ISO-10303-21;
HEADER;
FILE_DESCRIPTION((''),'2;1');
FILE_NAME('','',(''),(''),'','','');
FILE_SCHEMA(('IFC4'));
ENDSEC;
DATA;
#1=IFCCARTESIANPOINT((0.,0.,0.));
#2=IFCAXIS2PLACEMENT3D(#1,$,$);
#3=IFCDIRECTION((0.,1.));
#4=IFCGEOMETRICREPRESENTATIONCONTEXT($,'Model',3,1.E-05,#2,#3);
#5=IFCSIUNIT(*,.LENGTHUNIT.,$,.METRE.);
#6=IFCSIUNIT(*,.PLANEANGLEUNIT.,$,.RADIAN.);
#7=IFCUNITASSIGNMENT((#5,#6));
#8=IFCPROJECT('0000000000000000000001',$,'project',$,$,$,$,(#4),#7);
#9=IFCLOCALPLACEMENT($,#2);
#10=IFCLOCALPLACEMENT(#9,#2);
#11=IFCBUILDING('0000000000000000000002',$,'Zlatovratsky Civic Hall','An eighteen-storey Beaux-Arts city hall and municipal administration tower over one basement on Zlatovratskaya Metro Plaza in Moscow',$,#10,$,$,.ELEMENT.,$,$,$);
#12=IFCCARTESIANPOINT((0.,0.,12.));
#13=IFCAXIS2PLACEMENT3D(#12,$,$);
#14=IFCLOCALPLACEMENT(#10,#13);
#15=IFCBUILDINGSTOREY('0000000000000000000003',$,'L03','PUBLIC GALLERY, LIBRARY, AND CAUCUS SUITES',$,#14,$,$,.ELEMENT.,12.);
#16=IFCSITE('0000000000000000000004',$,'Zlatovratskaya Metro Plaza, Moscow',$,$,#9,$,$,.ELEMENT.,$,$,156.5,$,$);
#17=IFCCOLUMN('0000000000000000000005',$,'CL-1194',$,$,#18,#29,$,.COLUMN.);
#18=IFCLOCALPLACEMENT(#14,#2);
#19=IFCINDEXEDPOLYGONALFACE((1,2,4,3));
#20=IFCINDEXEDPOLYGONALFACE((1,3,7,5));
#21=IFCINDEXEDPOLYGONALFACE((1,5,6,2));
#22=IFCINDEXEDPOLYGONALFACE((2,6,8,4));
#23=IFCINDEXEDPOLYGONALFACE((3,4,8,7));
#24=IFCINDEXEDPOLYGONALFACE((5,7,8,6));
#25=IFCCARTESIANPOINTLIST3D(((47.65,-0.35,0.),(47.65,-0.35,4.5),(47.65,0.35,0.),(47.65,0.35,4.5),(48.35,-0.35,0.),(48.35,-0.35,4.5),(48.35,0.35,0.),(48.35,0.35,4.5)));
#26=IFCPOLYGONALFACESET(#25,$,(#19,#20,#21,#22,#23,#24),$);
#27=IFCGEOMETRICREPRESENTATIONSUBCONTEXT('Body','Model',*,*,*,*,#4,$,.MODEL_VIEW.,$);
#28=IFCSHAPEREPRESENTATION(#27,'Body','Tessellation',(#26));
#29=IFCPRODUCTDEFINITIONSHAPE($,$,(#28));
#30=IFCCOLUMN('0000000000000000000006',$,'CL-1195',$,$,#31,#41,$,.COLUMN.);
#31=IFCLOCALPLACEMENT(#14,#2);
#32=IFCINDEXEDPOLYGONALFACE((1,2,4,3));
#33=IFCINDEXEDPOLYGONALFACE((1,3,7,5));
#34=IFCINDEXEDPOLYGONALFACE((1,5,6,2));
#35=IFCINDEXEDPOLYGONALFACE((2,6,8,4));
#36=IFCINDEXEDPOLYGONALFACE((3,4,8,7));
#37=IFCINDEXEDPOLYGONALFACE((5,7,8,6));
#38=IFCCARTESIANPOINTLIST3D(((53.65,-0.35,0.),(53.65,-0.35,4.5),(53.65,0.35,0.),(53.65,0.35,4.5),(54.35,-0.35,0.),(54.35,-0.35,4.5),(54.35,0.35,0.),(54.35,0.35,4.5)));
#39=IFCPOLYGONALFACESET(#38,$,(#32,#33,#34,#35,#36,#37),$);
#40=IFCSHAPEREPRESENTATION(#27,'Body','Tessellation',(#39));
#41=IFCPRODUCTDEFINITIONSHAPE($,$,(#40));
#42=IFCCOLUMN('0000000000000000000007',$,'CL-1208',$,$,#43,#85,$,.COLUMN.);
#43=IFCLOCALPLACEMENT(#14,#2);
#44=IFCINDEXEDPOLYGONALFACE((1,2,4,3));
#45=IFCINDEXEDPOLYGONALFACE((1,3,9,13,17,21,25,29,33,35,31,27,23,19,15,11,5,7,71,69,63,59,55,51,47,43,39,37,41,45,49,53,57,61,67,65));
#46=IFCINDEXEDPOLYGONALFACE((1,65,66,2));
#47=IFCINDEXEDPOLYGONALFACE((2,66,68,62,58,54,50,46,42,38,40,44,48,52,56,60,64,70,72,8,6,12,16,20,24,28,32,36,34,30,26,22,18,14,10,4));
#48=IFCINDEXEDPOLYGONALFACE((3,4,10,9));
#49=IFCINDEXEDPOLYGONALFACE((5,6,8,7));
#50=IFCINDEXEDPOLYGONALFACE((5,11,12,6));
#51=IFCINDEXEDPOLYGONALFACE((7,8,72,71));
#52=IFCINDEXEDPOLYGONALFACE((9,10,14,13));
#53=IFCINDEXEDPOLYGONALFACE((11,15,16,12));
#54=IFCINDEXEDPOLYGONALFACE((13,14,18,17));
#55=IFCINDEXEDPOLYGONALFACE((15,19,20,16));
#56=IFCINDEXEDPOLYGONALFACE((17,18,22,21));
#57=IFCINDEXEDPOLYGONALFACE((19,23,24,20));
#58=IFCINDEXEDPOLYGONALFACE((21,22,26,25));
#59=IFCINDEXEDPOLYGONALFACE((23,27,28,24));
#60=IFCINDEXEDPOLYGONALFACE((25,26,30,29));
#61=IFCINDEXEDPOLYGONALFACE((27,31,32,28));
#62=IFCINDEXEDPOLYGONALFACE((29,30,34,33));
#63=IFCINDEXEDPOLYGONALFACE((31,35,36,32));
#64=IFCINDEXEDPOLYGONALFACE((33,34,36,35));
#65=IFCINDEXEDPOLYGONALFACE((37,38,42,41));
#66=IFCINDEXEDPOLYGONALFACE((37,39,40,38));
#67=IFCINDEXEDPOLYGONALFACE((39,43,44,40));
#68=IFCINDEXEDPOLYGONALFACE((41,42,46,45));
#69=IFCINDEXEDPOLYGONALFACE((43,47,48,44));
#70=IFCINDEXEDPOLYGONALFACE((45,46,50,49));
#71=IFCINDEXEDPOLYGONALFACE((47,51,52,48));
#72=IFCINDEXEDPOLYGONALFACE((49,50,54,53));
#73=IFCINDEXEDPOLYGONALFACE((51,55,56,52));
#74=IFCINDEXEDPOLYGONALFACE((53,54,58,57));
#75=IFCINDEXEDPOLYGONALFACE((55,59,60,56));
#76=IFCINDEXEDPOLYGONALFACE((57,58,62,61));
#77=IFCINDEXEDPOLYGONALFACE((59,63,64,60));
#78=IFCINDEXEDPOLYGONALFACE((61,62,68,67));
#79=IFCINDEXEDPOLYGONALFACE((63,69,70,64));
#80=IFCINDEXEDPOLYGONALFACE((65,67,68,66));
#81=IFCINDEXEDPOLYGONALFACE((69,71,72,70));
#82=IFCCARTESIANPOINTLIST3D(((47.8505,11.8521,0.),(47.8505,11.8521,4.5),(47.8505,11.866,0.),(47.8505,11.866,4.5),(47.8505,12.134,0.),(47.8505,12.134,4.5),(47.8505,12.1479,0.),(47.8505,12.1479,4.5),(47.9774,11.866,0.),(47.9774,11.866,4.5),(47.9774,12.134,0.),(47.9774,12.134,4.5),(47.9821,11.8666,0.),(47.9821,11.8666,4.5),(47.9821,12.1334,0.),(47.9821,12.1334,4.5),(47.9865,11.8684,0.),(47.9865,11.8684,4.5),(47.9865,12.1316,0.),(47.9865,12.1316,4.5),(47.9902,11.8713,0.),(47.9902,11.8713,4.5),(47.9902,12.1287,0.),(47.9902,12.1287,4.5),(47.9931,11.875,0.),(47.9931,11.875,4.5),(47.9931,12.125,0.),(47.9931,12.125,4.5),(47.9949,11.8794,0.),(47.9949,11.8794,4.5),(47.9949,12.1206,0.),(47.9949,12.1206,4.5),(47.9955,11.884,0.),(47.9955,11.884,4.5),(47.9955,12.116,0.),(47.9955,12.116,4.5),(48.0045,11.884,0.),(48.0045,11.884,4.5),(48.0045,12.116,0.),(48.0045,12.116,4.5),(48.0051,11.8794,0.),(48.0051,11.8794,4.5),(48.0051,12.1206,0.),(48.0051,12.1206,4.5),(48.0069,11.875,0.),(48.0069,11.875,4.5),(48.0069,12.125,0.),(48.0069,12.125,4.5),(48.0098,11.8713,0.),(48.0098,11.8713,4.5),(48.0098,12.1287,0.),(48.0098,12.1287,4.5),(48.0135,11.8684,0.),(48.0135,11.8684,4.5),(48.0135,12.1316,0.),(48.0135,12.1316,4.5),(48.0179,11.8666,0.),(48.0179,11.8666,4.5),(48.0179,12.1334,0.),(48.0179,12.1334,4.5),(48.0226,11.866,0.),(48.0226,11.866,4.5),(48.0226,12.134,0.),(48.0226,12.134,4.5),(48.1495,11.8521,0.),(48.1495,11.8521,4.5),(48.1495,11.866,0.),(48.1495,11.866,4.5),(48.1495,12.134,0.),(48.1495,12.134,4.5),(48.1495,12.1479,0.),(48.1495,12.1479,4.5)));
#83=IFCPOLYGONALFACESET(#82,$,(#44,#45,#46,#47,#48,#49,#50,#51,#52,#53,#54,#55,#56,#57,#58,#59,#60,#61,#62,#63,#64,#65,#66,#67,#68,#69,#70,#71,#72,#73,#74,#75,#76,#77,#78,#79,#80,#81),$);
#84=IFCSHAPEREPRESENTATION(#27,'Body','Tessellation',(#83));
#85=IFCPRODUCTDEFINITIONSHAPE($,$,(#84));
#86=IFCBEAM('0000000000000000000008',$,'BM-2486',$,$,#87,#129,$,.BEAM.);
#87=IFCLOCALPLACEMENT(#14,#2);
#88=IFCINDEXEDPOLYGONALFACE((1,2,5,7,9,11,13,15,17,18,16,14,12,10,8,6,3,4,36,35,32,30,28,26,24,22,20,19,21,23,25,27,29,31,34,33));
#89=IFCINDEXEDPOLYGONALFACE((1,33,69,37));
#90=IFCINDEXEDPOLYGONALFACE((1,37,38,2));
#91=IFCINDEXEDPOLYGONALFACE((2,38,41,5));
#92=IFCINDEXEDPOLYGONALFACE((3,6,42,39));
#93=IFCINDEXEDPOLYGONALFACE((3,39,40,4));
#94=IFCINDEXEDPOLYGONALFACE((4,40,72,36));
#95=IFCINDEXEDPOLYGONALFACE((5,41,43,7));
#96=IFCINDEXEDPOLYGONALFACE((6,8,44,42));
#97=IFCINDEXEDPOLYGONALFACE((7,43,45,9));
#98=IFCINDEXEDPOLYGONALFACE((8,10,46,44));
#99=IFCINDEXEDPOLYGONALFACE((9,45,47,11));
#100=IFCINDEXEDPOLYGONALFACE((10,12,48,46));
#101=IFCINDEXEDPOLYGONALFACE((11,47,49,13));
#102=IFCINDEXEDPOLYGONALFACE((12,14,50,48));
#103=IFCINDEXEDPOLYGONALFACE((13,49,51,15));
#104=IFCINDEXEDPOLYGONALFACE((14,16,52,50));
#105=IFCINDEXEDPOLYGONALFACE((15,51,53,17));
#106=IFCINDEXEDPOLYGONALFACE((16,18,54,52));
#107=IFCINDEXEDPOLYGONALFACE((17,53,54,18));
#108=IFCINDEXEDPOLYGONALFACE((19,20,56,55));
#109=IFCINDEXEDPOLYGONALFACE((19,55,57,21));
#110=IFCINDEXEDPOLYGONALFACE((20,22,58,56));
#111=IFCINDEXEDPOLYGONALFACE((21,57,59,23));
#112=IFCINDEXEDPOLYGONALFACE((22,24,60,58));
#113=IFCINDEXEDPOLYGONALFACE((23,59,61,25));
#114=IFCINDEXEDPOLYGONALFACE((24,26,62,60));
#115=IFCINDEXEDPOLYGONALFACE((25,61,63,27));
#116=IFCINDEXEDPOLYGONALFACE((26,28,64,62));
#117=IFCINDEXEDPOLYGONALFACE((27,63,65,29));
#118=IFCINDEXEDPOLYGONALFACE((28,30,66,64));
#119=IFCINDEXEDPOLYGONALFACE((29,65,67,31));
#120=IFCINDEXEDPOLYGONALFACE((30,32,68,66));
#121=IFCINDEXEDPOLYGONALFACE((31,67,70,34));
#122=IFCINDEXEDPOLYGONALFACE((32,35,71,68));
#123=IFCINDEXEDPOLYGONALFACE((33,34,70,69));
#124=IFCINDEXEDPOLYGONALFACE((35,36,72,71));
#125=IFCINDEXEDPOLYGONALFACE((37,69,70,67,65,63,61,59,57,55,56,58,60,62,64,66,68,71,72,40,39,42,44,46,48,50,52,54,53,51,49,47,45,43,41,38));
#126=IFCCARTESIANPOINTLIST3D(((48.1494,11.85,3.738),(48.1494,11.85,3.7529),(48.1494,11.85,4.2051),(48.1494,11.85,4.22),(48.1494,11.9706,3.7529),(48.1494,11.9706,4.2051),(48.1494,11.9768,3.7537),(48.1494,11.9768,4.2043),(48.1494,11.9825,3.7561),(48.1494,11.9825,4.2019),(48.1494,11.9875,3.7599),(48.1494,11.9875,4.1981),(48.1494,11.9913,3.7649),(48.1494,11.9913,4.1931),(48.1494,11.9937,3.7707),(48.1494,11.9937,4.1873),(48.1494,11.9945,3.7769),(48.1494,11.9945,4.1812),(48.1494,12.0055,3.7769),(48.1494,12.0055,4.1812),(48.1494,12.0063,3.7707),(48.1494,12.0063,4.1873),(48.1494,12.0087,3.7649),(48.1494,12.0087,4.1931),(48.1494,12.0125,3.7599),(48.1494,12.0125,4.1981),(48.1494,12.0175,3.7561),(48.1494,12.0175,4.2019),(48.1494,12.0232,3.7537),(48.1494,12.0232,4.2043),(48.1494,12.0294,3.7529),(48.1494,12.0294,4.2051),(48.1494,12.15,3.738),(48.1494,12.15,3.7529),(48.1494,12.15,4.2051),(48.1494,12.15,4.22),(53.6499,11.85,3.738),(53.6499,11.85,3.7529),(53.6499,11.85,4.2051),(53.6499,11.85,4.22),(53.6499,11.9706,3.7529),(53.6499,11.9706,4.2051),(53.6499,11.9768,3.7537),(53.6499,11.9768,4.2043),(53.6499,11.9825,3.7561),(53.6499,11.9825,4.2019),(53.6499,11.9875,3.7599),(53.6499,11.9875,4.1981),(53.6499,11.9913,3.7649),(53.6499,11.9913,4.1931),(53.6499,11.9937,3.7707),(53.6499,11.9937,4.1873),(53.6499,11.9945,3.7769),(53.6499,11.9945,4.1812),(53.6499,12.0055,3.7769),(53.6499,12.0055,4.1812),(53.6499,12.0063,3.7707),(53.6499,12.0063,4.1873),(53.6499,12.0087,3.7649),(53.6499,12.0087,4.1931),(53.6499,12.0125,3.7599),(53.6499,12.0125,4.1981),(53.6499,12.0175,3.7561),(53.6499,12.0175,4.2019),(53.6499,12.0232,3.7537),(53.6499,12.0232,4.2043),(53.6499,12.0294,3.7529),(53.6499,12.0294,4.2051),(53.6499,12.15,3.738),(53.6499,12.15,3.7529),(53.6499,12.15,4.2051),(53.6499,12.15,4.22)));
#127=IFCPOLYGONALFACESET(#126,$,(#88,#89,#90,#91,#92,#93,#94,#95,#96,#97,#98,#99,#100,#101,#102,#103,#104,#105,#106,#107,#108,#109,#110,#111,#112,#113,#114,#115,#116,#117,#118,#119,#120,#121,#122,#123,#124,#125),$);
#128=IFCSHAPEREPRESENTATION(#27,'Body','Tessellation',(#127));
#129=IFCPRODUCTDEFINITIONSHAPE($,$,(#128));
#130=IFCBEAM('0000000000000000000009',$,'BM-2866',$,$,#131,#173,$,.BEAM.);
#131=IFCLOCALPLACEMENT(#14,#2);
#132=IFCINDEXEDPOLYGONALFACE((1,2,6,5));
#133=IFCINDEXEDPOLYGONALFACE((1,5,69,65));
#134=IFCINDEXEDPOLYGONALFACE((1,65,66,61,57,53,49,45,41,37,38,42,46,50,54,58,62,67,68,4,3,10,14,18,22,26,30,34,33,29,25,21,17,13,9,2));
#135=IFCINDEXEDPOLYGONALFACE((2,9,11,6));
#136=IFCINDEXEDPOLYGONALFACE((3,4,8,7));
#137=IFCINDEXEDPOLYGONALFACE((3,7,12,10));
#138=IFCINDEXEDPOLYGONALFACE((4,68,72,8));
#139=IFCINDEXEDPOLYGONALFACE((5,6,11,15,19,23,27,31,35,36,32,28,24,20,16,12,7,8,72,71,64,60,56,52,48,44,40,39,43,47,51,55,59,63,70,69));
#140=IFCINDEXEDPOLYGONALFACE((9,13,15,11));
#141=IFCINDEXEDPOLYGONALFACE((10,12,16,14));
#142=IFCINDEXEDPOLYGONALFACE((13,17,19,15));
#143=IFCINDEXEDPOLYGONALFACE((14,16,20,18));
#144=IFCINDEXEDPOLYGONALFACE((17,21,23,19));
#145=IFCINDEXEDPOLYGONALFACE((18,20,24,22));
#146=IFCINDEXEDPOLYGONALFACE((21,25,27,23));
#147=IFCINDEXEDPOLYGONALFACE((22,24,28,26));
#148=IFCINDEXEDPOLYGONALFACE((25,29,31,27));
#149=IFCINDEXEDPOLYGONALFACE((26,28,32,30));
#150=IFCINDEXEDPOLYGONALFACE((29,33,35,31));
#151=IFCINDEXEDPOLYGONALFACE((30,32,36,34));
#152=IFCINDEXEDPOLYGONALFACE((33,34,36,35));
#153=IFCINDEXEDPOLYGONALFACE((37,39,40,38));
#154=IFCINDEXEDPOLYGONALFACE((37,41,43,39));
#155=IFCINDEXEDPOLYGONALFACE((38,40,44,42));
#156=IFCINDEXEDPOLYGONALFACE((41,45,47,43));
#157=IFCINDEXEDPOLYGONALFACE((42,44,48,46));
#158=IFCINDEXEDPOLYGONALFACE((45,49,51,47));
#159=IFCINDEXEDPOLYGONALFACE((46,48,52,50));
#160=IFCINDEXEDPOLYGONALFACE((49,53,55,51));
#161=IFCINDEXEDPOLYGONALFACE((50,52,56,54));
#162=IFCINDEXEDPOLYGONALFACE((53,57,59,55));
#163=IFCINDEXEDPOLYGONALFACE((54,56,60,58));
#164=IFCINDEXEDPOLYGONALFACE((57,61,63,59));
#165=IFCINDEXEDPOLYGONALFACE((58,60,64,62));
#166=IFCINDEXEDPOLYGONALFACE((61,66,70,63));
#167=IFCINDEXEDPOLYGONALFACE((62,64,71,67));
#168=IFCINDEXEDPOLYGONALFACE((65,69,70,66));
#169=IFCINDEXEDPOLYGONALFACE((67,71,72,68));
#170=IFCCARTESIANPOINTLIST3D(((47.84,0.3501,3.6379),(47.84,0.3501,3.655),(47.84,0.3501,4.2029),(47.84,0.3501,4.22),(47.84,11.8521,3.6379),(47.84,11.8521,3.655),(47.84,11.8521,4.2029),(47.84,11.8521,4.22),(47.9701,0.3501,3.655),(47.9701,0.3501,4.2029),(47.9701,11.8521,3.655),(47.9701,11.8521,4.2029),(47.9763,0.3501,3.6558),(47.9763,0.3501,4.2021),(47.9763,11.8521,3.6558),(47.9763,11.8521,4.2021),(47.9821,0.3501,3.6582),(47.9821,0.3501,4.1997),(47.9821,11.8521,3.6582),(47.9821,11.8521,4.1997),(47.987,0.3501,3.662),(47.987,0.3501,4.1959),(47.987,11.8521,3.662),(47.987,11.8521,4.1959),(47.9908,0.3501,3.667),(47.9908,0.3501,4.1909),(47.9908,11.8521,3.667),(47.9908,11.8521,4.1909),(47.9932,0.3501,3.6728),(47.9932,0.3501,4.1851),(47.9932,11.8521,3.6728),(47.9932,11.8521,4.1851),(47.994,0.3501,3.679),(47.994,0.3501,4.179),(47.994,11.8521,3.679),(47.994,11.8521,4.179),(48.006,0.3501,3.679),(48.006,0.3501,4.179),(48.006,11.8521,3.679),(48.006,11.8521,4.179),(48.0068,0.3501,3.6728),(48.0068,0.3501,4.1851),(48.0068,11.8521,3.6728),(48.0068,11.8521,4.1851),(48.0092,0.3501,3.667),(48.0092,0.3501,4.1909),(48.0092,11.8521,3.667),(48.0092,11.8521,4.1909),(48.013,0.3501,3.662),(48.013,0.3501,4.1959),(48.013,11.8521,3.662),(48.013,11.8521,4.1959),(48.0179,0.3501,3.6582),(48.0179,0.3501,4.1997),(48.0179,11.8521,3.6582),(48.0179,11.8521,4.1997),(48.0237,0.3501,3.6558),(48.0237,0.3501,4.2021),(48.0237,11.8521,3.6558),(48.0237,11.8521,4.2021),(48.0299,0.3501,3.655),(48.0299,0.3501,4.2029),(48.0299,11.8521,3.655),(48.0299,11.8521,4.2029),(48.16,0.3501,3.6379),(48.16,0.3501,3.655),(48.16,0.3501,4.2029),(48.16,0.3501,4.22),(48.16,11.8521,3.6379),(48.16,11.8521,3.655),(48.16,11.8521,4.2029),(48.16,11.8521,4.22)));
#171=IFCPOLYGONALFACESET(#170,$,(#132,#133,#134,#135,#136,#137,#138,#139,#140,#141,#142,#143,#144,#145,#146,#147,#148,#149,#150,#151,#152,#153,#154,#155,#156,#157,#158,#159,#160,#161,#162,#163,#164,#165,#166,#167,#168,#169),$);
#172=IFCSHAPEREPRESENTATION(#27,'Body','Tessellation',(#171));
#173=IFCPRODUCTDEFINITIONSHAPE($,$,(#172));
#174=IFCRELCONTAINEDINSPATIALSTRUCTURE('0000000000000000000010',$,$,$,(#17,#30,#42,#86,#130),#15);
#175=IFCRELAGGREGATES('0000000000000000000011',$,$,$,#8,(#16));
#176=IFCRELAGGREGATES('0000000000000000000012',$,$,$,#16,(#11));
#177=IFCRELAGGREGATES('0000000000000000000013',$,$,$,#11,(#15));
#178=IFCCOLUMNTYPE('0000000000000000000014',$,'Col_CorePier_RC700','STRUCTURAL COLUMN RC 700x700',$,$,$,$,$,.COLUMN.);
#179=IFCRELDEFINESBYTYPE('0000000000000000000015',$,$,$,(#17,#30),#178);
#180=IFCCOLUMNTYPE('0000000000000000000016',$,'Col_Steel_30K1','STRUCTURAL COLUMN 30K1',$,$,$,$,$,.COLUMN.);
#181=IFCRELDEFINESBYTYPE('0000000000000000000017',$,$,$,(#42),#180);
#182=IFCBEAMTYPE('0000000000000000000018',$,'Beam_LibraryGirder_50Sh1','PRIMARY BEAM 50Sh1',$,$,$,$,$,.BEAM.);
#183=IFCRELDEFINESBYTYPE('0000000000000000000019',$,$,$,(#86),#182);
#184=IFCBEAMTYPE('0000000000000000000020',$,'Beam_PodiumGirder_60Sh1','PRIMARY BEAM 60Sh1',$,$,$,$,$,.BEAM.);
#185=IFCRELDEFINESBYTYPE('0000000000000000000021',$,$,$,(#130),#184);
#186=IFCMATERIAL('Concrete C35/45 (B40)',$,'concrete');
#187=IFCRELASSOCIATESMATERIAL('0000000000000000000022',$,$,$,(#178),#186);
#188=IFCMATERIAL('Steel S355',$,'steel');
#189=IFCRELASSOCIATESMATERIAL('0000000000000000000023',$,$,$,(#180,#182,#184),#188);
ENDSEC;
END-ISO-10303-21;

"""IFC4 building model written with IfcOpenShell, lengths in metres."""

from ifc_helpers import new_model, si_unit, direction, frame, origin, origin_2d, place, context, subcontext, project, spatial, rectangle, i_section, extrude, material, material_profile, profile_set, type_object, element, save


model = new_model("IFC4")

# Units and contexts
model_context = context("Model", 3, precision=1e-05, world=origin(), true_north=direction((0.0, 1.0)))
body_context = subcontext(model_context, "Body", "Model", "MODEL_VIEW")
ifc_project = project(units=[si_unit("LENGTHUNIT", "METRE"), si_unit("PLANEANGLEUNIT", "RADIAN")], contexts=[model_context])

# Site, building, storey
site_placement = place(None, origin())
site = spatial("IfcSite", under=ifc_project, at=site_placement, Name="Zlatovratskaya Metro Plaza, Moscow", CompositionType="ELEMENT", RefElevation=156.5)
building_placement = place(site_placement, origin())
building = spatial("IfcBuilding", under=site, at=building_placement, Name="Zlatovratsky Civic Hall", Description="An eighteen-storey Beaux-Arts city hall and municipal administration tower over one basement on Zlatovratskaya Metro Plaza in Moscow", CompositionType="ELEMENT")
storey_placement = place(building_placement, frame((0.0, 0.0, 12.0)))
storey = spatial("IfcBuildingStorey", under=building, at=storey_placement, Name="L03", Description="PUBLIC GALLERY, LIBRARY, AND CAUCUS SUITES", CompositionType="ELEMENT", Elevation=12.0)

# Columns
ifc_material_1 = material(Name="Concrete C35/45 (B40)", Category="concrete")
ifc_material_profile_1 = material_profile(ifc_material_1, rectangle(XDim=0.7, YDim=0.7, at=origin_2d()), Name="RC 700x700")
ifc_profile_set_1 = profile_set([ifc_material_profile_1], Name="Concrete C35/45 (B40)")
column_type_1 = type_object("IfcColumnType", Name="Col_CorePier_RC700", Description="STRUCTURAL COLUMN RC 700x700", PredefinedType="COLUMN", material=ifc_profile_set_1)
for number, where, z_axis, x_axis, name in (
    (1, (48.0, 0.0, 0.0), (0.0, 0.0, 1.0), (1.0, 0.0, 0.0), "CL-1194"),
    (2, (54.0, 0.0, 0.0), (0.0, 0.0, 1.0), (1.0, 0.0, 0.0), "CL-1195"),
):
    element("IfcColumn", number, at=place(storey_placement, frame(where, z_axis=z_axis, x_axis=x_axis)), inside=storey, type_object=column_type_1, Name=name, PredefinedType="COLUMN", context=body_context, shape_type="SweptSolid", body=[
        extrude(rectangle(XDim=0.7, YDim=0.7, at=origin_2d()), origin(), (0.0, 0.0, 1.0), 4.5),
    ])
ifc_material_2 = material(Name="Steel S355", Category="steel")
ifc_material_profile_2 = material_profile(ifc_material_2, i_section(OverallWidth=0.2991, OverallDepth=0.2959, WebThickness=0.009, FlangeThickness=0.0139, FilletRadius=0.0181, at=origin_2d()), Name="30K1")
ifc_profile_set_2 = profile_set([ifc_material_profile_2], Name="Steel S355")
column_type_2 = type_object("IfcColumnType", Name="Col_Steel_30K1", Description="STRUCTURAL COLUMN 30K1", PredefinedType="COLUMN", material=ifc_profile_set_2)
column_placement = place(storey_placement, frame((48.0, 12.0, 0.0), z_axis=(0.0, 0.0, 1.0), x_axis=(1.0, 0.0, 0.0)))
element("IfcColumn", 3, at=column_placement, inside=storey, type_object=column_type_2, Name="CL-1208", PredefinedType="COLUMN", context=body_context, shape_type="SweptSolid", body=[
    extrude(i_section(OverallWidth=0.2991, OverallDepth=0.2959, WebThickness=0.009, FlangeThickness=0.0139, FilletRadius=0.0181, at=origin_2d()), origin(), (0.0, 0.0, 1.0), 4.5),
])

# Beams
ifc_material_profile_3 = material_profile(ifc_material_2, i_section(OverallWidth=0.3, OverallDepth=0.4819, WebThickness=0.011, FlangeThickness=0.0149, FilletRadius=0.0239, at=origin_2d()), Name="50Sh1")
ifc_profile_set_3 = profile_set([ifc_material_profile_3], Name="Steel S355")
beam_type_1 = type_object("IfcBeamType", Name="Beam_LibraryGirder_50Sh1", Description="PRIMARY BEAM 50Sh1", PredefinedType="BEAM", material=ifc_profile_set_3)
beam_1_placement = place(storey_placement, frame((48.1494, 12.0, 3.979), z_axis=(1.0, 0.0, 0.0), x_axis=(0.0, 1.0, 0.0)))
element("IfcBeam", 4, at=beam_1_placement, inside=storey, type_object=beam_type_1, Name="BM-2486", PredefinedType="BEAM", context=body_context, shape_type="SweptSolid", body=[
    extrude(i_section(OverallWidth=0.3, OverallDepth=0.4819, WebThickness=0.011, FlangeThickness=0.0149, FilletRadius=0.0239, at=origin_2d()), origin(), (0.0, 0.0, 1.0), 5.5005),
])
ifc_material_profile_4 = material_profile(ifc_material_2, i_section(OverallWidth=0.3201, OverallDepth=0.582, WebThickness=0.012, FlangeThickness=0.0171, FilletRadius=0.0239, at=origin_2d()), Name="60Sh1")
ifc_profile_set_4 = profile_set([ifc_material_profile_4], Name="Steel S355")
beam_type_2 = type_object("IfcBeamType", Name="Beam_PodiumGirder_60Sh1", Description="PRIMARY BEAM 60Sh1", PredefinedType="BEAM", material=ifc_profile_set_4)
beam_2_placement = place(storey_placement, frame((48.0, 0.3501, 3.929), z_axis=(0.0, 1.0, 0.0), x_axis=(-1.0, 0.0, 0.0)))
element("IfcBeam", 5, at=beam_2_placement, inside=storey, type_object=beam_type_2, Name="BM-2866", PredefinedType="BEAM", context=body_context, shape_type="SweptSolid", body=[
    extrude(i_section(OverallWidth=0.3201, OverallDepth=0.582, WebThickness=0.012, FlangeThickness=0.0171, FilletRadius=0.0239, at=origin_2d()), origin(), (0.0, 0.0, 1.0), 11.502),
])

save(model, "model.ifc")
